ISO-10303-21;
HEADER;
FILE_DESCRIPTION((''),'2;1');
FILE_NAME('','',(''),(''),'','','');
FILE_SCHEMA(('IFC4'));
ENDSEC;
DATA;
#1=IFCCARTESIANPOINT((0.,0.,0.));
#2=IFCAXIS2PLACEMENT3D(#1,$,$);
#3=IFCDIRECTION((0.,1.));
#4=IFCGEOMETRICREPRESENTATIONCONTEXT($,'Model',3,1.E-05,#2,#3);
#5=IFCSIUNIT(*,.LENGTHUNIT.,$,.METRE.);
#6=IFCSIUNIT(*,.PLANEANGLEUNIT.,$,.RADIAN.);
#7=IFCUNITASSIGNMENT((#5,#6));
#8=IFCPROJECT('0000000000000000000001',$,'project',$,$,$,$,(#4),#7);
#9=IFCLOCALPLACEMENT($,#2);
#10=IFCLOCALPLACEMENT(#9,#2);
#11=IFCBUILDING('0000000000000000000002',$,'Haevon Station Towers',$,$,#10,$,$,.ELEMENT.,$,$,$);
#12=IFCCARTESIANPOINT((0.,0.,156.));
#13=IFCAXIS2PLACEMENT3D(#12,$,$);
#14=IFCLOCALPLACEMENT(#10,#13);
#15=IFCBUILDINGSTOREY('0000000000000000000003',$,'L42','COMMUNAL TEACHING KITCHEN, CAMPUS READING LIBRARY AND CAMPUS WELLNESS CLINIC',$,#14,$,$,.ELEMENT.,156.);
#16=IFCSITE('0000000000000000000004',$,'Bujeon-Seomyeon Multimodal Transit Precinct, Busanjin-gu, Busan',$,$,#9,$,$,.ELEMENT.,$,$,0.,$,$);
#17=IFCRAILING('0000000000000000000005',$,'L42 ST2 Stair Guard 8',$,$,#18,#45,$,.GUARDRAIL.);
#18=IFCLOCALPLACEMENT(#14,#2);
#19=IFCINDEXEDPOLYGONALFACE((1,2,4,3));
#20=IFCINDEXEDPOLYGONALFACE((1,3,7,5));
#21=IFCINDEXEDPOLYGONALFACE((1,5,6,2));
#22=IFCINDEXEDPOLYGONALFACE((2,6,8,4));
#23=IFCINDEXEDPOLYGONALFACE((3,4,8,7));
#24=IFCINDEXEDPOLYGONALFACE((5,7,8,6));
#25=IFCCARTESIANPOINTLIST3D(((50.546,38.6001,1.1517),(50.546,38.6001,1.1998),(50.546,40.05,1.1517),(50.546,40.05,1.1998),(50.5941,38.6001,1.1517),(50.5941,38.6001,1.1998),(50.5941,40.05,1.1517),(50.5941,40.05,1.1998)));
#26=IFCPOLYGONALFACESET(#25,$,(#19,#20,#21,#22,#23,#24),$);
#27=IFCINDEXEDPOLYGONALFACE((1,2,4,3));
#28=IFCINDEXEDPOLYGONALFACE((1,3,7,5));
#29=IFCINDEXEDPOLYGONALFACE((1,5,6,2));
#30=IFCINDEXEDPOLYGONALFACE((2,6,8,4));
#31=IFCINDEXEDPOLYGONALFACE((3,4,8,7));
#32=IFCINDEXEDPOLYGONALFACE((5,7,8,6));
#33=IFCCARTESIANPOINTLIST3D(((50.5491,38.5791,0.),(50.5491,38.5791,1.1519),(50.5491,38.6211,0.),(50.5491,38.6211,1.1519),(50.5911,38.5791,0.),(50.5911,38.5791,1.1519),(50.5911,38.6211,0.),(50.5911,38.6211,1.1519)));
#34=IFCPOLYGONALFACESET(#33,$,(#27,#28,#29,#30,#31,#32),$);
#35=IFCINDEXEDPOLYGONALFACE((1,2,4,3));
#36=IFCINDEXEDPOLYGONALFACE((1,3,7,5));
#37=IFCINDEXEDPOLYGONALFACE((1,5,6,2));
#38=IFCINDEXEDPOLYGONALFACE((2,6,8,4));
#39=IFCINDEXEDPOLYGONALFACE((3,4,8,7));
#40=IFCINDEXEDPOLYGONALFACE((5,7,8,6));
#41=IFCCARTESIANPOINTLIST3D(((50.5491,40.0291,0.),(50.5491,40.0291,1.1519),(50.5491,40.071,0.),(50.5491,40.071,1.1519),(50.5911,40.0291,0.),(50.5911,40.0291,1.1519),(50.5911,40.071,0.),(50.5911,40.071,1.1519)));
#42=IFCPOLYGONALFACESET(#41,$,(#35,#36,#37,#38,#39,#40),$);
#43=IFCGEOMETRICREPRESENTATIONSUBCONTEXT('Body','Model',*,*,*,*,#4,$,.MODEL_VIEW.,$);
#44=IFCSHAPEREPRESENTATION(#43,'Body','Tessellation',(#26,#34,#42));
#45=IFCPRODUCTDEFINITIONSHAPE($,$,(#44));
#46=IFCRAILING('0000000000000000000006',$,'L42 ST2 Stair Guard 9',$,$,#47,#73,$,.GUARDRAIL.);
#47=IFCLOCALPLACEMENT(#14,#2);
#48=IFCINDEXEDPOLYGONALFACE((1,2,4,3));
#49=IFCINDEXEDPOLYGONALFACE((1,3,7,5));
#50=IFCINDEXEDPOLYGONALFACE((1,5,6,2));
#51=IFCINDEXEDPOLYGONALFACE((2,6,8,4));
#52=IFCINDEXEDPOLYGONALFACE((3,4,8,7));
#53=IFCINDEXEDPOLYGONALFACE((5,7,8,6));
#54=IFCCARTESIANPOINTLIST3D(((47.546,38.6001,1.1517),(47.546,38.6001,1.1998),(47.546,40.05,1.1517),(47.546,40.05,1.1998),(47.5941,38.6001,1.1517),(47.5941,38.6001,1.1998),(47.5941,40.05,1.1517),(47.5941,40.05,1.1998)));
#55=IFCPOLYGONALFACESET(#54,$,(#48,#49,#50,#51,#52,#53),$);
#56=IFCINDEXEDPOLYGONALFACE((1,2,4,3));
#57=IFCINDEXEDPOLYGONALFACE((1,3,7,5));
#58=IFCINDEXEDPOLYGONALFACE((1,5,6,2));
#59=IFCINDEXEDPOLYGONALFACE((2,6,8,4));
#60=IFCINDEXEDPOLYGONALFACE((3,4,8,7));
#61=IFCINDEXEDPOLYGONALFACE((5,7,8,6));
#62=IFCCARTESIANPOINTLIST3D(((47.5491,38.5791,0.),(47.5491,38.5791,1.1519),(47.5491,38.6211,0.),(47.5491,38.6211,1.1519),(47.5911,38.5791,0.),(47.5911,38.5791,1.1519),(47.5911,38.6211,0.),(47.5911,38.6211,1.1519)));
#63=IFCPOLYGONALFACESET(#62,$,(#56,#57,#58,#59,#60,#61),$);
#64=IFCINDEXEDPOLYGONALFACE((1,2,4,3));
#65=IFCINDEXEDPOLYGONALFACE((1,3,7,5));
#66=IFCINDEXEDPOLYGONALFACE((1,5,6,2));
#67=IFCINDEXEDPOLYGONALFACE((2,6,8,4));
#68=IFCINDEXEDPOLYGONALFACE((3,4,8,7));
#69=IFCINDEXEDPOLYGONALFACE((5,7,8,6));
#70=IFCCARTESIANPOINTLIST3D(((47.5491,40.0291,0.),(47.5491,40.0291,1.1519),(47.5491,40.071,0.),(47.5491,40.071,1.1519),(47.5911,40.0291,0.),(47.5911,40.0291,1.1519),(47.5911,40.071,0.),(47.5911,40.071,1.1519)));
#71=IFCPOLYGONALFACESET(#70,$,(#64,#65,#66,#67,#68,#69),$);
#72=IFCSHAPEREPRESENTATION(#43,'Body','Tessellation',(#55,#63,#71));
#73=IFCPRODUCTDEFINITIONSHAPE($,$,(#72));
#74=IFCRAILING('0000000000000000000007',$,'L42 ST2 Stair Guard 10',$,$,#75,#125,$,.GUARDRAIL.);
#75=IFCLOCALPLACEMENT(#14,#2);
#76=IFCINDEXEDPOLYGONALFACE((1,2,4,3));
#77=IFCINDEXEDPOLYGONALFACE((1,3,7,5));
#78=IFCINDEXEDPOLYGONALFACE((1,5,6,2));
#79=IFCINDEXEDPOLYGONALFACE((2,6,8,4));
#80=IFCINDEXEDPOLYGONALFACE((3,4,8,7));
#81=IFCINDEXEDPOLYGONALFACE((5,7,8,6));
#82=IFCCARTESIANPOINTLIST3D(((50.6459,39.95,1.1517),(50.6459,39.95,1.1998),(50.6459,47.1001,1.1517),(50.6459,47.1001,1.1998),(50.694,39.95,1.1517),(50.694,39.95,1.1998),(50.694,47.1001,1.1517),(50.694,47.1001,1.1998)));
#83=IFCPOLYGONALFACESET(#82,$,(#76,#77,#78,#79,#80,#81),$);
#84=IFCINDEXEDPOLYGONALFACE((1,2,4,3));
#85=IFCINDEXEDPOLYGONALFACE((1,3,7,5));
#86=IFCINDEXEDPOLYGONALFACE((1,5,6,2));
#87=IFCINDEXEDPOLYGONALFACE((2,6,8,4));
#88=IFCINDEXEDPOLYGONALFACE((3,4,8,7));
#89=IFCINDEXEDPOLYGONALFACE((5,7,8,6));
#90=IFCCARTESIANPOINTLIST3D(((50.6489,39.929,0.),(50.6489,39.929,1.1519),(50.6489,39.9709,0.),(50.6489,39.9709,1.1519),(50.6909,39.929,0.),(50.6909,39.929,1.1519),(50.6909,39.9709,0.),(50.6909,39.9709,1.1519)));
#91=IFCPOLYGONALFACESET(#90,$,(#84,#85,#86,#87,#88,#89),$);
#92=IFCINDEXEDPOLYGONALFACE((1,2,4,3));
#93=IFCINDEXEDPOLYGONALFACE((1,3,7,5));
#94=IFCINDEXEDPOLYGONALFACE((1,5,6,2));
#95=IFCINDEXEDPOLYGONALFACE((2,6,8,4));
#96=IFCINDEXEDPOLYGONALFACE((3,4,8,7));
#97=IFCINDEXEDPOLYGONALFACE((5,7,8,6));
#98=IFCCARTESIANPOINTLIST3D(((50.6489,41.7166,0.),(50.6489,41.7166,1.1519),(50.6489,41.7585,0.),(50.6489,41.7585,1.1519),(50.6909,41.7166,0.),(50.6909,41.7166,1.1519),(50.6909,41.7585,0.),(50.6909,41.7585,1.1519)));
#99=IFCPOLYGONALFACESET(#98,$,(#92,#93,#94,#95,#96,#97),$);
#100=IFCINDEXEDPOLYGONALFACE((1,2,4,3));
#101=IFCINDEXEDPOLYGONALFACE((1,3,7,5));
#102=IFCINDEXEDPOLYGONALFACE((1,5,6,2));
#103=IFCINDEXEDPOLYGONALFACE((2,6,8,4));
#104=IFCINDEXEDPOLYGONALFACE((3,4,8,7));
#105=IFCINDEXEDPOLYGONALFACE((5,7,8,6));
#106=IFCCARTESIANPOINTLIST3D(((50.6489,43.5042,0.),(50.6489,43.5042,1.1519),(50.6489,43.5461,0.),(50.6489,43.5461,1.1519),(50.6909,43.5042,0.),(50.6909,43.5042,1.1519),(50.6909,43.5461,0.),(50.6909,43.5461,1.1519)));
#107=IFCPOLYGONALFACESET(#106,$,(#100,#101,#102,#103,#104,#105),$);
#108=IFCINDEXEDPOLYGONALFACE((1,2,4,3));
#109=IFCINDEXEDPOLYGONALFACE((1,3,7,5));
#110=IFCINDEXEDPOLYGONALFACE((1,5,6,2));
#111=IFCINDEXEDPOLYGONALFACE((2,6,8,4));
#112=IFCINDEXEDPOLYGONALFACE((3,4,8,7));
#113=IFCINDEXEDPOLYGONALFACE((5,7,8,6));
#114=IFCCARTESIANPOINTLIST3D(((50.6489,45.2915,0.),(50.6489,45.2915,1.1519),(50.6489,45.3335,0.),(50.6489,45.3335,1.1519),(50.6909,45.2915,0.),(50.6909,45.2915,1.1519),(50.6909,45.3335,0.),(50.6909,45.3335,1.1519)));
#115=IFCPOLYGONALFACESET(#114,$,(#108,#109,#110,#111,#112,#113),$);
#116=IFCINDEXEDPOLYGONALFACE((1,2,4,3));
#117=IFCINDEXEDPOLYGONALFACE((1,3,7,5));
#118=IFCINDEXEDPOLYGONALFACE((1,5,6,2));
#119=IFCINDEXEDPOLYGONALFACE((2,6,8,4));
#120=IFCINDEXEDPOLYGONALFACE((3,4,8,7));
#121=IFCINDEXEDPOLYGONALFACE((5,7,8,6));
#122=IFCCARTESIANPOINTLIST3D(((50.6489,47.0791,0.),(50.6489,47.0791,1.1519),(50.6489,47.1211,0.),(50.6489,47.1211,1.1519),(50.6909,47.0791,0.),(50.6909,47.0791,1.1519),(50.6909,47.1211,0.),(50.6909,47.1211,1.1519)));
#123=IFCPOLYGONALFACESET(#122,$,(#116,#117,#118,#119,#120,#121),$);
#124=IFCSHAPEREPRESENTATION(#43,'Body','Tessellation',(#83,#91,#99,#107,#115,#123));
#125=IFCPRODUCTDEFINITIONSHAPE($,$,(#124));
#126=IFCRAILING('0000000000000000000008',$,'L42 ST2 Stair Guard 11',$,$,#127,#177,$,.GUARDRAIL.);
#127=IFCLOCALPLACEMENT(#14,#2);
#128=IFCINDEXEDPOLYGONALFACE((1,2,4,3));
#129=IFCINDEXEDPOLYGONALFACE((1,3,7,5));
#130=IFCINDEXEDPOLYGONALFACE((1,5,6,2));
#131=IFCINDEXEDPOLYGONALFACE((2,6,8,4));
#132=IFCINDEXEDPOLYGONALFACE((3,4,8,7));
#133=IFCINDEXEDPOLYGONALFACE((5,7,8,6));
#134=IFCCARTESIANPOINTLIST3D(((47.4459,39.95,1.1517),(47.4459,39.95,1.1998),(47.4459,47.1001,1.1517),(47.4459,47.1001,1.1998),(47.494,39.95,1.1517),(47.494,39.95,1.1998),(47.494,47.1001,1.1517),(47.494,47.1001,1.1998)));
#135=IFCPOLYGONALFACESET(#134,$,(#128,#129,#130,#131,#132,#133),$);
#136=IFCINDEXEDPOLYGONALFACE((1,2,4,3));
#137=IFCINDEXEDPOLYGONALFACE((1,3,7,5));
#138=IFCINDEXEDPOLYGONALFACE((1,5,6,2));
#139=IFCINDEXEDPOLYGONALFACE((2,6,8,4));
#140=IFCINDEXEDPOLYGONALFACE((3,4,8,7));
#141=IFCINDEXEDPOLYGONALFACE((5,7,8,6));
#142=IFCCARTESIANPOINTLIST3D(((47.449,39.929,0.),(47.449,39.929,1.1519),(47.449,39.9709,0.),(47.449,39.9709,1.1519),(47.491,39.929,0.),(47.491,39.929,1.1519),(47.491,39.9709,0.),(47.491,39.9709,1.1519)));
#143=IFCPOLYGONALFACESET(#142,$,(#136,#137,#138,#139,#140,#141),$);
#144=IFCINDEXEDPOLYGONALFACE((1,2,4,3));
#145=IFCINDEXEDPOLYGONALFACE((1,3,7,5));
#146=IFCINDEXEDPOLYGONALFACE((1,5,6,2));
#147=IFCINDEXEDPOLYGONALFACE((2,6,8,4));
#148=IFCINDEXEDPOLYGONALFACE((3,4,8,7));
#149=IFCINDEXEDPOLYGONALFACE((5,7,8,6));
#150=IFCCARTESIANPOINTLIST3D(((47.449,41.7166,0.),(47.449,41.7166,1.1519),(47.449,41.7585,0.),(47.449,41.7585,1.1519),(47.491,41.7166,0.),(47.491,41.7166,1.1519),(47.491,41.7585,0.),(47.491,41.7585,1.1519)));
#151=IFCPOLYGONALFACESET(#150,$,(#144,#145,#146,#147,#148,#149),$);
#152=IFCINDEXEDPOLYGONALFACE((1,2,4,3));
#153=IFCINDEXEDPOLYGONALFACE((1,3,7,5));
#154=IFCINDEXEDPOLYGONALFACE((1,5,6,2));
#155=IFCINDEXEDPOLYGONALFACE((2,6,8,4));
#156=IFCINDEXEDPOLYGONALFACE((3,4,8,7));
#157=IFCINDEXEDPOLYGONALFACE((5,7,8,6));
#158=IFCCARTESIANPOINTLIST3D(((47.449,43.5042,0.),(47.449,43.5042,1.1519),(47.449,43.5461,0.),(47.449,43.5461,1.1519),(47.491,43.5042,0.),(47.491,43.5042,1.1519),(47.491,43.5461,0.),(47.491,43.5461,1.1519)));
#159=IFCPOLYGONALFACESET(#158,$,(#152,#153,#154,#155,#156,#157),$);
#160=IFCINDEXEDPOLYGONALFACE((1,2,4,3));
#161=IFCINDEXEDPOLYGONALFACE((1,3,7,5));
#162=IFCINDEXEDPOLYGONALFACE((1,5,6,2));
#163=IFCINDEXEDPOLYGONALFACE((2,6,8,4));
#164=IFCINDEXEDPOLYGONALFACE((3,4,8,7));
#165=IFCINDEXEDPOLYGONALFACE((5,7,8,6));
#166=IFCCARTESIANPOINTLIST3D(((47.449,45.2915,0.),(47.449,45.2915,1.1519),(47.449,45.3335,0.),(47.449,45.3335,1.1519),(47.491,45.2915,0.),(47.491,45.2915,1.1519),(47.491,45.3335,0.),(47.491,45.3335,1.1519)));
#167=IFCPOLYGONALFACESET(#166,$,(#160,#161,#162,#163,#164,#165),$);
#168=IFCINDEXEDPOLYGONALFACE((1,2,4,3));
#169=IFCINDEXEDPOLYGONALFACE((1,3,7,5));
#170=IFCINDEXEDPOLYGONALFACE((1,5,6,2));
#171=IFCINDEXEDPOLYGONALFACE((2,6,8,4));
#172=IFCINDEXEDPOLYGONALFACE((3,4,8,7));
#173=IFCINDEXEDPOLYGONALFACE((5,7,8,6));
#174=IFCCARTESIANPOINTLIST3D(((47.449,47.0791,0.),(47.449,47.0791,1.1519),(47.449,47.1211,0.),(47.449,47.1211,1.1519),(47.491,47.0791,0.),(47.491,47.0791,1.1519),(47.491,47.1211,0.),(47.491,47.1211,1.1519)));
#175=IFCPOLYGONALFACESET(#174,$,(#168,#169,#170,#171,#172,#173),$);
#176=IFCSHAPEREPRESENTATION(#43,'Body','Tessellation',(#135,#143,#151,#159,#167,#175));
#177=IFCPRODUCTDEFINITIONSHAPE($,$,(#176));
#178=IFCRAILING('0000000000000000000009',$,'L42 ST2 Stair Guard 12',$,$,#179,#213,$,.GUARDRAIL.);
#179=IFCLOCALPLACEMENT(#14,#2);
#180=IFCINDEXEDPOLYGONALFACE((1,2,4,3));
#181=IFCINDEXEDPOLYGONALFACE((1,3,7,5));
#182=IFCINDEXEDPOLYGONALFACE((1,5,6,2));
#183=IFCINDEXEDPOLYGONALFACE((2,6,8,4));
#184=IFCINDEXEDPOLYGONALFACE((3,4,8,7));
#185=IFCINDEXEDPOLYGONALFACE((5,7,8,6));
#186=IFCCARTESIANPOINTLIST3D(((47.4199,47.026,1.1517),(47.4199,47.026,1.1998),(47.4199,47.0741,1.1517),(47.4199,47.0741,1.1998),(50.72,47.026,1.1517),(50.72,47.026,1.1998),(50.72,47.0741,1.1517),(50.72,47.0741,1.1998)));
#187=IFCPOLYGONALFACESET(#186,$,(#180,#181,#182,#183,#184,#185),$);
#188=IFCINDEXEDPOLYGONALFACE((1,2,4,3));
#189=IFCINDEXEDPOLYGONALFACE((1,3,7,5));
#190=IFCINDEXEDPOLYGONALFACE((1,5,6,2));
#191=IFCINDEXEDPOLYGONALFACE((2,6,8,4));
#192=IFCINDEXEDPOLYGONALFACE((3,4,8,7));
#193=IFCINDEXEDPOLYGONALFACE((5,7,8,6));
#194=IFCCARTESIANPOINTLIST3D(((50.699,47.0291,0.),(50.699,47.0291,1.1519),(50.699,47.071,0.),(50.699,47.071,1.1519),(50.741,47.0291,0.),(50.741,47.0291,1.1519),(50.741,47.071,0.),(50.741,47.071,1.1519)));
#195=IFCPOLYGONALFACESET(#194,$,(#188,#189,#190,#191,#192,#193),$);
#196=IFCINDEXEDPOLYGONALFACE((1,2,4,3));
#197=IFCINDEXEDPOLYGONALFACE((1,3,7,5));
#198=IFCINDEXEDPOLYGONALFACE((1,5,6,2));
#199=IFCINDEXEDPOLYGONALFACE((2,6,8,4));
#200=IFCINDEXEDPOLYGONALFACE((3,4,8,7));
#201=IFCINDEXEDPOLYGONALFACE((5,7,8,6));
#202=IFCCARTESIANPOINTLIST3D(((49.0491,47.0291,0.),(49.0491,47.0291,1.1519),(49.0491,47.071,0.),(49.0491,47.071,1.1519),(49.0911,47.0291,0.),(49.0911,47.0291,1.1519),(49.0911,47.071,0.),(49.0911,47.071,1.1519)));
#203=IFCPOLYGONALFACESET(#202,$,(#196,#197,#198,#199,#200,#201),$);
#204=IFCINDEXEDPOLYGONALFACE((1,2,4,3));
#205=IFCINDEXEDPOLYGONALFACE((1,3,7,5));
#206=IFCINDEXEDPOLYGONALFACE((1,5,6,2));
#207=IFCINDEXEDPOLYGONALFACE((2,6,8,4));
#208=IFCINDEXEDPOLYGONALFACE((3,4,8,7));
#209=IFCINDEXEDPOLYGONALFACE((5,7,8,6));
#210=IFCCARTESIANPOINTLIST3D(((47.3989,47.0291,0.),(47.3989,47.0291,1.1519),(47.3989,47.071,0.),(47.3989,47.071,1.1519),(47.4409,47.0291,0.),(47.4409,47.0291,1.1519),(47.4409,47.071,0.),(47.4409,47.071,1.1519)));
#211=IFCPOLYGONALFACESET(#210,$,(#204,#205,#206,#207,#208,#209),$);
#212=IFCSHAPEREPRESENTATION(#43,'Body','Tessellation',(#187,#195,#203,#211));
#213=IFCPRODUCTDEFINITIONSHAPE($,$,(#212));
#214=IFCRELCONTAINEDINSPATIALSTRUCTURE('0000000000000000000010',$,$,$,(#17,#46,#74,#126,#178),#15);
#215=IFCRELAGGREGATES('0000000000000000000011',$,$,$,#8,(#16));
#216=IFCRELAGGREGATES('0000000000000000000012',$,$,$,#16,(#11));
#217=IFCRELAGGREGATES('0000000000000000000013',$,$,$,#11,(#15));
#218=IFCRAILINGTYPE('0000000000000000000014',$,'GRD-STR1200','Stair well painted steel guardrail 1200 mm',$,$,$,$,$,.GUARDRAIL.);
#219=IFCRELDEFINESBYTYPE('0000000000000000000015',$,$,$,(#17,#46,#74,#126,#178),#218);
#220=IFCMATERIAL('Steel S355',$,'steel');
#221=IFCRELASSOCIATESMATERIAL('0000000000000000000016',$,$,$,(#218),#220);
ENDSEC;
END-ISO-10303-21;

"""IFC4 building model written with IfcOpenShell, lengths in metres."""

from ifc_helpers import new_model, si_unit, direction, frame, origin, origin_2d, place, context, subcontext, project, spatial, rectangle, extrude, material, type_object, element, save


model = new_model("IFC4")

# Units and contexts
model_context = context("Model", 3, precision=1e-05, world=origin(), true_north=direction((0.0, 1.0)))
body_context = subcontext(model_context, "Body", "Model", "MODEL_VIEW")
ifc_project = project(units=[si_unit("LENGTHUNIT", "METRE"), si_unit("PLANEANGLEUNIT", "RADIAN")], contexts=[model_context])

# Site, building, storey
site_placement = place(None, origin())
site = spatial("IfcSite", under=ifc_project, at=site_placement, Name="Bujeon-Seomyeon Multimodal Transit Precinct, Busanjin-gu, Busan", CompositionType="ELEMENT", RefElevation=0.0)
building_placement = place(site_placement, origin())
building = spatial("IfcBuilding", under=site, at=building_placement, Name="Haevon Station Towers", CompositionType="ELEMENT")
storey_placement = place(building_placement, frame((0.0, 0.0, 156.0)))
storey = spatial("IfcBuildingStorey", under=building, at=storey_placement, Name="L42", Description="COMMUNAL TEACHING KITCHEN, CAMPUS READING LIBRARY AND CAMPUS WELLNESS CLINIC", CompositionType="ELEMENT", Elevation=156.0)

# Shared definitions
ifc_material_1 = material(Name="Steel S355", Category="steel")

# Railings
railing_type_1 = type_object("IfcRailingType", Name="GRD-STR1200", Description="Stair well painted steel guardrail 1200 mm", PredefinedType="GUARDRAIL", material=ifc_material_1)
for number, where, name in (
    (1, (50.5701, 38.6001, 0.0), "L42 ST2 Stair Guard 8"),
    (2, (47.5701, 38.6001, 0.0), "L42 ST2 Stair Guard 9"),
):
    element("IfcRailing", number, at=place(storey_placement, frame(where)), inside=storey, type_object=railing_type_1, Name=name, PredefinedType="GUARDRAIL", context=body_context, shape_type="SweptSolid", body=[
        extrude(rectangle(XDim=0.0481, YDim=0.0481, at=origin_2d()), frame((0.0, 0.0, 1.1758), z_axis=(0.0, 1.0, 0.0), x_axis=(-1.0, 0.0, 0.0)), (0.0, 0.0, 1.0), 1.45),
        extrude(rectangle(XDim=0.042, YDim=0.042, at=origin_2d()), origin(), (0.0, 0.0, 1.0), 1.1519),
        extrude(rectangle(XDim=0.042, YDim=0.042, at=origin_2d()), frame((0.0, 1.45, 0.0)), (0.0, 0.0, 1.0), 1.1519),
    ])
for number, where, name in (
    (3, (50.6699, 39.95, 0.0), "L42 ST2 Stair Guard 10"),
    (4, (47.47, 39.95, 0.0), "L42 ST2 Stair Guard 11"),
):
    element("IfcRailing", number, at=place(storey_placement, frame(where)), inside=storey, type_object=railing_type_1, Name=name, PredefinedType="GUARDRAIL", context=body_context, shape_type="SweptSolid", body=[
        extrude(rectangle(XDim=0.0481, YDim=0.0481, at=origin_2d()), frame((0.0, 0.0, 1.1758), z_axis=(0.0, 1.0, 0.0), x_axis=(-1.0, 0.0, 0.0)), (0.0, 0.0, 1.0), 7.1501),
        extrude(rectangle(XDim=0.042, YDim=0.042, at=origin_2d()), origin(), (0.0, 0.0, 1.0), 1.1519),
        extrude(rectangle(XDim=0.042, YDim=0.042, at=origin_2d()), frame((0.0, 1.7876, 0.0)), (0.0, 0.0, 1.0), 1.1519),
        extrude(rectangle(XDim=0.042, YDim=0.042, at=origin_2d()), frame((0.0, 3.5752, 0.0)), (0.0, 0.0, 1.0), 1.1519),
        extrude(rectangle(XDim=0.042, YDim=0.042, at=origin_2d()), frame((0.0, 5.3625, 0.0)), (0.0, 0.0, 1.0), 1.1519),
        extrude(rectangle(XDim=0.042, YDim=0.042, at=origin_2d()), frame((0.0, 7.1501, 0.0)), (0.0, 0.0, 1.0), 1.1519),
    ])
railing_1_placement = place(storey_placement, frame((50.72, 47.05, 0.0)))
element("IfcRailing", 5, at=railing_1_placement, inside=storey, type_object=railing_type_1, Name="L42 ST2 Stair Guard 12", PredefinedType="GUARDRAIL", context=body_context, shape_type="SweptSolid", body=[
    extrude(rectangle(XDim=0.0481, YDim=0.0481, at=origin_2d()), frame((0.0, 0.0, 1.1758), z_axis=(-1.0, 0.0, 0.0), x_axis=(0.0, -1.0, 0.0)), (0.0, 0.0, 1.0), 3.3),
    extrude(rectangle(XDim=0.042, YDim=0.042, at=origin_2d()), origin(), (0.0, 0.0, 1.0), 1.1519),
    extrude(rectangle(XDim=0.042, YDim=0.042, at=origin_2d()), frame((-1.6499, 0.0, 0.0)), (0.0, 0.0, 1.0), 1.1519),
    extrude(rectangle(XDim=0.042, YDim=0.042, at=origin_2d()), frame((-3.3, 0.0, 0.0)), (0.0, 0.0, 1.0), 1.1519),
])

save(model, "model.ifc")
